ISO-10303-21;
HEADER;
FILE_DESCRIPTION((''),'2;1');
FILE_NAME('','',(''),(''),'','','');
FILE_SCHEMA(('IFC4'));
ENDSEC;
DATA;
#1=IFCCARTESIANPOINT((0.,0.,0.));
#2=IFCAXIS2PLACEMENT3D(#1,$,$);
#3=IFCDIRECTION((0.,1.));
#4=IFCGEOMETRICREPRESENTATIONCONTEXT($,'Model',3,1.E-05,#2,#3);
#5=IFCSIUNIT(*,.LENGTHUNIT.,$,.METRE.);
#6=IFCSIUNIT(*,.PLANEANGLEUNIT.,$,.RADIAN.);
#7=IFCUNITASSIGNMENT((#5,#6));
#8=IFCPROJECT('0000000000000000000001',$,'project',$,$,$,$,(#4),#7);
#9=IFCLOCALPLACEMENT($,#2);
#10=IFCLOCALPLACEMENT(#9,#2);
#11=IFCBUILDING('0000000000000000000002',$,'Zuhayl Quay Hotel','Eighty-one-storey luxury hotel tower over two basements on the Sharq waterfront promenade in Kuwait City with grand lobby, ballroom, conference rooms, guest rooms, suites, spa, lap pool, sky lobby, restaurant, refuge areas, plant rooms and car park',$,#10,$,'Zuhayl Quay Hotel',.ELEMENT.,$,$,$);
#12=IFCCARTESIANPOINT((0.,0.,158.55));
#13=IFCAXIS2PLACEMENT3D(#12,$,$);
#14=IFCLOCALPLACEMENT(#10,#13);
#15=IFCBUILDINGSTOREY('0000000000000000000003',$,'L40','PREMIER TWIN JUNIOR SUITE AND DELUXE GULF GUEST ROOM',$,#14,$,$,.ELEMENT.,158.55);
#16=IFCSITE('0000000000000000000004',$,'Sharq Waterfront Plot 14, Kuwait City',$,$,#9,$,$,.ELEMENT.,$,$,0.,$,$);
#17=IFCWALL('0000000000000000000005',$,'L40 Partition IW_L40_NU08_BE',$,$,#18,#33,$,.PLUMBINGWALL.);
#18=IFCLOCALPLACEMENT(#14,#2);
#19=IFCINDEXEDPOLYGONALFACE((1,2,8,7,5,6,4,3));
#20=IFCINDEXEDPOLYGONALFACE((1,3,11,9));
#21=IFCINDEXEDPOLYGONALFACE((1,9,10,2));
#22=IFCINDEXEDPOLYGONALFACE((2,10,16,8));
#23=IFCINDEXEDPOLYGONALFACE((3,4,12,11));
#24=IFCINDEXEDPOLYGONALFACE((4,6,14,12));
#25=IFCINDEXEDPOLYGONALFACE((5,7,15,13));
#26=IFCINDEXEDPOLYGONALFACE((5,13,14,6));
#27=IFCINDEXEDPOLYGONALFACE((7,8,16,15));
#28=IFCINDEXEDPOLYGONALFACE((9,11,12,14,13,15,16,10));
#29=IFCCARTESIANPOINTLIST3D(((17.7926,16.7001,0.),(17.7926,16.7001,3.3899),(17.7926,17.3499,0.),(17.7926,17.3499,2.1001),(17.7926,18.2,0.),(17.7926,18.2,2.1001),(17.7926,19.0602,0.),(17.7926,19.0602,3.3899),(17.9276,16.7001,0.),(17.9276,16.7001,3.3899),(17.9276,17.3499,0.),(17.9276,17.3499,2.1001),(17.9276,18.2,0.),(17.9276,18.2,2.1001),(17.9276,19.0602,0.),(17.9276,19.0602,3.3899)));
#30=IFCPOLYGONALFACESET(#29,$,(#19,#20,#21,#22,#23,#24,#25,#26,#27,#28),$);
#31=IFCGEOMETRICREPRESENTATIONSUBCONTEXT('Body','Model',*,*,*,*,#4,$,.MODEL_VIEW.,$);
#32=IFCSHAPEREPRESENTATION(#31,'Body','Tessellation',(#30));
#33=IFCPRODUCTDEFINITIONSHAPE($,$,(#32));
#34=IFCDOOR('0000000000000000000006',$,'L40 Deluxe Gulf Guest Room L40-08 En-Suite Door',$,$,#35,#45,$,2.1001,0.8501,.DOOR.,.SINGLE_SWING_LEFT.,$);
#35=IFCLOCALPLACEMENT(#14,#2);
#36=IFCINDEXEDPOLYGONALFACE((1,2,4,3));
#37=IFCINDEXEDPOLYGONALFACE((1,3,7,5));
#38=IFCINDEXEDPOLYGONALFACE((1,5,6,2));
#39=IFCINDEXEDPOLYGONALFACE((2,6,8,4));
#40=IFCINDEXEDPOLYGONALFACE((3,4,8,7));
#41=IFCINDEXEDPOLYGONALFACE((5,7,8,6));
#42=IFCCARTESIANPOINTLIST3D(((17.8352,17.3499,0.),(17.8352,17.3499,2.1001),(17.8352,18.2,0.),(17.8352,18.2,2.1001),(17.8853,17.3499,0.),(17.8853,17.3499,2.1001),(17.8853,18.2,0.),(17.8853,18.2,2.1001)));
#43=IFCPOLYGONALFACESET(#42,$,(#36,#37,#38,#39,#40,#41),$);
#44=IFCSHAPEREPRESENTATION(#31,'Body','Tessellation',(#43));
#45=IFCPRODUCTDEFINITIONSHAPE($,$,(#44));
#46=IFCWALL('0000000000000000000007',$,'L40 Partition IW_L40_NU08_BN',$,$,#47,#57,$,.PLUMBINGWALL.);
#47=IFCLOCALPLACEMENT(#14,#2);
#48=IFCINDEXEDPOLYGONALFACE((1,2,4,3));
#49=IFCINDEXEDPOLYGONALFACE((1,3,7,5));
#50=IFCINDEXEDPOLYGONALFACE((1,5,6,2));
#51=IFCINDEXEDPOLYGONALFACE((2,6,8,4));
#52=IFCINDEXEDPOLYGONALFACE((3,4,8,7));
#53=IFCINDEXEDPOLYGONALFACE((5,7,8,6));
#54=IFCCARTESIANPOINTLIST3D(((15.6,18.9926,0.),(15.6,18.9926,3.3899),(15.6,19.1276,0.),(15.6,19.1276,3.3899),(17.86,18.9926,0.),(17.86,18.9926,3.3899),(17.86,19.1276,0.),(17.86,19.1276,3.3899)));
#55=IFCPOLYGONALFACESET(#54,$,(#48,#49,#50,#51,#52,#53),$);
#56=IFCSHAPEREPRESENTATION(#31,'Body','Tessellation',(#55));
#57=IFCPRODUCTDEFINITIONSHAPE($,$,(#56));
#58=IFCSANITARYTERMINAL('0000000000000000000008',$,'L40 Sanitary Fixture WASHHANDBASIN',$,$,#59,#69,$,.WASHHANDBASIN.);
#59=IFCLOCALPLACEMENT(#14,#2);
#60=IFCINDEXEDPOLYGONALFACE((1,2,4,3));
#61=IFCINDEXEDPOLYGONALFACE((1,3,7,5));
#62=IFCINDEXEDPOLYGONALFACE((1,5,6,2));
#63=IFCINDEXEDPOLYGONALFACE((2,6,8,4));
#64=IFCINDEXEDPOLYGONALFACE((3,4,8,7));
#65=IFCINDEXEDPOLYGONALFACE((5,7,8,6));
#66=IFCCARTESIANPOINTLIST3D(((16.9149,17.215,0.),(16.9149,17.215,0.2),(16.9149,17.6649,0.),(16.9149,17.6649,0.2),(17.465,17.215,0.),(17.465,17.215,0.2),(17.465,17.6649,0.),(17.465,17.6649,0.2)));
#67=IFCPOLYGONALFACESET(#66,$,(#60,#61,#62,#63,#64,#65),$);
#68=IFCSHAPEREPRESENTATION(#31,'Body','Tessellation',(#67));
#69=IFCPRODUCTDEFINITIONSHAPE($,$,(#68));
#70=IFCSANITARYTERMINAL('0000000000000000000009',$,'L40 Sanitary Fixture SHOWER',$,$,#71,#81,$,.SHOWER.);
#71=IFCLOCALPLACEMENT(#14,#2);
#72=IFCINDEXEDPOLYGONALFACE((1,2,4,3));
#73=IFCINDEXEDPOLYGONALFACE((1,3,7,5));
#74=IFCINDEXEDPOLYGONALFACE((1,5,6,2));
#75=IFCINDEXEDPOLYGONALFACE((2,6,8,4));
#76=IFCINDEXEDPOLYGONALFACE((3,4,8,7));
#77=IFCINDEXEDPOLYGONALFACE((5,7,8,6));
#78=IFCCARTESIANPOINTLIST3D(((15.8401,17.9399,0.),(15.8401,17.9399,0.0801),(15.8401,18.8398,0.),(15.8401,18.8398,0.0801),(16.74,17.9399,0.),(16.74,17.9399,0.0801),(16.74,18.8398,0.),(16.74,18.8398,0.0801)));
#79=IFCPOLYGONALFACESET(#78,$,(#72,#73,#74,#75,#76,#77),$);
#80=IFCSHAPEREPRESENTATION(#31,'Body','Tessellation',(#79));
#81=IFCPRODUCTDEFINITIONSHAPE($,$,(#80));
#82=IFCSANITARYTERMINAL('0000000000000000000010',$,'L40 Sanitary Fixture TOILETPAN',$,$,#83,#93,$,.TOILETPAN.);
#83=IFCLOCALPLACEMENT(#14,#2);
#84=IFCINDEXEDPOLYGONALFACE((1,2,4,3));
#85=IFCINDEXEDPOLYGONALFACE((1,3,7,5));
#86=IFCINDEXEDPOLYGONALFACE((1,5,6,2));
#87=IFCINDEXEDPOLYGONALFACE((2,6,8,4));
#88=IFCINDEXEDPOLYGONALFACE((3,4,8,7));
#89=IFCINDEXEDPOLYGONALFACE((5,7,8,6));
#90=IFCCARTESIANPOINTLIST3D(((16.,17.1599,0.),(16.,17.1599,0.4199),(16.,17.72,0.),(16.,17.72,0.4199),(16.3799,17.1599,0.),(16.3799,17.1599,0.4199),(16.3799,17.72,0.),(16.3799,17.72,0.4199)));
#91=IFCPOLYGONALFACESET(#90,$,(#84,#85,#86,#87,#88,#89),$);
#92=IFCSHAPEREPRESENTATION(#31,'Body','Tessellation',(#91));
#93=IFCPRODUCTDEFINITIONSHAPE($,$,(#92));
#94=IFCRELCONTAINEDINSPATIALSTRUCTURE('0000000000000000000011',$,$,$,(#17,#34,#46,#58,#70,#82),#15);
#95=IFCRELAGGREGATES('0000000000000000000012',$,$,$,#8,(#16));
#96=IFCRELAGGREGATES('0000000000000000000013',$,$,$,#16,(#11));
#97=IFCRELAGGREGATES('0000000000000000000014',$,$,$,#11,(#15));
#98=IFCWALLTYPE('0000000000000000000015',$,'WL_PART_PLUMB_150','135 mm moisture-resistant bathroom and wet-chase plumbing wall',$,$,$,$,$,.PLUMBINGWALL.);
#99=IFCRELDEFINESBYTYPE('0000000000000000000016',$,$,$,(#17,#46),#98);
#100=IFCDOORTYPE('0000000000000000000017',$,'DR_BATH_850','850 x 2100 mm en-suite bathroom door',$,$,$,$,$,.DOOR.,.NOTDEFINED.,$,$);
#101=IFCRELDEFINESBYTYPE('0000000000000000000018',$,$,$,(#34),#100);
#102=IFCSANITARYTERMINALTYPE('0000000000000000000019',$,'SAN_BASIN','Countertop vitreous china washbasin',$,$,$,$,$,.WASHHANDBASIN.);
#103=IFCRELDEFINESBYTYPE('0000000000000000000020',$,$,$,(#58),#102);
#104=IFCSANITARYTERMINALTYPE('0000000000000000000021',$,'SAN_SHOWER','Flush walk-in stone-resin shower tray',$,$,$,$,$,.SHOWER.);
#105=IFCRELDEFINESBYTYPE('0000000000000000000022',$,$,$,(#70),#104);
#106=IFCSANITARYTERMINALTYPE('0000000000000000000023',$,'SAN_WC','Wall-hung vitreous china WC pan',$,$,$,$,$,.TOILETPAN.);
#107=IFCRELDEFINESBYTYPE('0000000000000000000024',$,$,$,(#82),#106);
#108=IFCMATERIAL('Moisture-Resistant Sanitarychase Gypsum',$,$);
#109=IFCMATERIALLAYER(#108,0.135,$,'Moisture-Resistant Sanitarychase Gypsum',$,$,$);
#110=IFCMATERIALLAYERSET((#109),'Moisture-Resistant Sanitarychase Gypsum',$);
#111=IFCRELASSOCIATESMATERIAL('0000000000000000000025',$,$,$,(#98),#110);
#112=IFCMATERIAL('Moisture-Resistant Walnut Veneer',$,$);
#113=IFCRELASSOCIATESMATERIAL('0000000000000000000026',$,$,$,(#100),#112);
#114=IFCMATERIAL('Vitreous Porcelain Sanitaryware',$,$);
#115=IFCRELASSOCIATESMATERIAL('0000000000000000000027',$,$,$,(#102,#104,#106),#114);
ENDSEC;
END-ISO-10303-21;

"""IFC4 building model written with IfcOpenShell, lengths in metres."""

from ifc_helpers import new_model, si_unit, direction, frame, frame_2d, origin, origin_2d, place, context, subcontext, project, spatial, rectangle, extrude, material, layer, layer_set, type_object, element, fill, save


model = new_model("IFC4")

# Units and contexts
model_context = context("Model", 3, precision=1e-05, world=origin(), true_north=direction((0.0, 1.0)))
body_context = subcontext(model_context, "Body", "Model", "MODEL_VIEW")
ifc_project = project(units=[si_unit("LENGTHUNIT", "METRE"), si_unit("PLANEANGLEUNIT", "RADIAN")], contexts=[model_context])

# Site, building, storey
site_placement = place(None, origin())
site = spatial("IfcSite", under=ifc_project, at=site_placement, Name="Sharq Waterfront Plot 14, Kuwait City", CompositionType="ELEMENT", RefElevation=0.0)
building_placement = place(site_placement, origin())
building = spatial("IfcBuilding", under=site, at=building_placement, Name="Zuhayl Quay Hotel", Description="Eighty-one-storey luxury hotel tower over two basements on the Sharq waterfront promenade in Kuwait City with grand lobby, ballroom, conference rooms, guest rooms, suites, spa, lap pool, sky lobby, restaurant, refuge areas, plant rooms and car park", LongName="Zuhayl Quay Hotel", CompositionType="ELEMENT")
storey_placement = place(building_placement, frame((0.0, 0.0, 158.55)))
storey = spatial("IfcBuildingStorey", under=building, at=storey_placement, Name="L40", Description="PREMIER TWIN JUNIOR SUITE AND DELUXE GULF GUEST ROOM", CompositionType="ELEMENT", Elevation=158.55)

# Wall, opening, door
ifc_material_1 = material(Name="Moisture-Resistant Sanitarychase Gypsum")
ifc_layer_1 = layer(ifc_material_1, 0.135, Name="Moisture-Resistant Sanitarychase Gypsum")
ifc_layer_set_1 = layer_set([ifc_layer_1], Name="Moisture-Resistant Sanitarychase Gypsum")
wall_type_1 = type_object("IfcWallType", Name="WL_PART_PLUMB_150", Description="135 mm moisture-resistant bathroom and wet-chase plumbing wall", PredefinedType="PLUMBINGWALL", material=ifc_layer_set_1)
wall_1_placement = place(storey_placement, frame((17.8601, 16.7, 0.0), z_axis=(0.0, 0.0, 1.0), x_axis=(0.0, 1.0, 0.0)))
wall_1 = element("IfcWall", 1, at=wall_1_placement, inside=storey, type_object=wall_type_1, Name="L40 Partition IW_L40_NU08_BE", PredefinedType="PLUMBINGWALL", context=body_context, shape_type="SweptSolid", body=[
    extrude(rectangle(XDim=2.3601, YDim=0.135, at=frame_2d((1.1802, 0.0))), origin(), (0.0, 0.0, 1.0), 3.3899),
])
opening_1_placement = place(wall_1_placement, frame((0.6499, 0.0, 0.0)))
opening_1 = element("IfcOpeningElement", 2, at=opening_1_placement, cuts=wall_1, PredefinedType="OPENING", context=body_context, shape_type="SweptSolid", body=[
    extrude(rectangle(XDim=0.8501, YDim=2.1001, at=frame_2d((0.425, 1.05))), frame((0.0, 0.0774, 0.0), z_axis=(0.0, -1.0, 0.0), x_axis=(1.0, 0.0, 0.0)), (0.0, 0.0, 1.0), 0.155),
])
ifc_material_2 = material(Name="Moisture-Resistant Walnut Veneer")
door_type = type_object("IfcDoorType", Name="DR_BATH_850", Description="850 x 2100 mm en-suite bathroom door", OperationType="NOTDEFINED", PredefinedType="DOOR", material=ifc_material_2)
door_placement = place(opening_1_placement, origin())
door = element("IfcDoor", 3, at=door_placement, inside=storey, type_object=door_type, Name="L40 Deluxe Gulf Guest Room L40-08 En-Suite Door", OperationType="SINGLE_SWING_LEFT", OverallHeight=2.1001, OverallWidth=0.8501, PredefinedType="DOOR", context=body_context, shape_type="SweptSolid", body=[
    extrude(rectangle(XDim=0.8501, YDim=2.1001, at=frame_2d((0.425, 1.05))), frame((0.0, 0.0249, 0.0), z_axis=(0.0, -1.0, 0.0), x_axis=(1.0, 0.0, 0.0)), (0.0, 0.0, 1.0), 0.05),
])
fill(opening_1, door)

# Wall
wall_2_placement = place(storey_placement, frame((15.6001, 19.0601, 0.0), z_axis=(0.0, 0.0, 1.0), x_axis=(1.0, 0.0, 0.0)))
element("IfcWall", 4, at=wall_2_placement, inside=storey, type_object=wall_type_1, Name="L40 Partition IW_L40_NU08_BN", PredefinedType="PLUMBINGWALL", context=body_context, shape_type="SweptSolid", body=[
    extrude(rectangle(XDim=2.26, YDim=0.135, at=frame_2d((1.1299, 0.0))), origin(), (0.0, 0.0, 1.0), 3.3899),
])

# Sanitary terminals
ifc_material_3 = material(Name="Vitreous Porcelain Sanitaryware")
sanitary_terminal_type_1 = type_object("IfcSanitaryTerminalType", Name="SAN_BASIN", Description="Countertop vitreous china washbasin", PredefinedType="WASHHANDBASIN", material=ifc_material_3)
sanitary_terminal_1_placement = place(storey_placement, frame((17.1899, 17.4399, 0.0), z_axis=(0.0, 0.0, 1.0), x_axis=(1.0, 0.0, 0.0)))
element("IfcSanitaryTerminal", 5, at=sanitary_terminal_1_placement, inside=storey, type_object=sanitary_terminal_type_1, Name="L40 Sanitary Fixture WASHHANDBASIN", PredefinedType="WASHHANDBASIN", context=body_context, shape_type="SweptSolid", body=[
    extrude(rectangle(XDim=0.55, YDim=0.45, at=origin_2d()), origin(), (0.0, 0.0, 1.0), 0.2),
])
sanitary_terminal_type_2 = type_object("IfcSanitaryTerminalType", Name="SAN_SHOWER", Description="Flush walk-in stone-resin shower tray", PredefinedType="SHOWER", material=ifc_material_3)
sanitary_terminal_2_placement = place(storey_placement, frame((16.29, 18.3899, 0.0), z_axis=(0.0, 0.0, 1.0), x_axis=(1.0, 0.0, 0.0)))
element("IfcSanitaryTerminal", 6, at=sanitary_terminal_2_placement, inside=storey, type_object=sanitary_terminal_type_2, Name="L40 Sanitary Fixture SHOWER", PredefinedType="SHOWER", context=body_context, shape_type="SweptSolid", body=[
    extrude(rectangle(XDim=0.8999, YDim=0.8999, at=origin_2d()), origin(), (0.0, 0.0, 1.0), 0.0801),
])
sanitary_terminal_type_3 = type_object("IfcSanitaryTerminalType", Name="SAN_WC", Description="Wall-hung vitreous china WC pan", PredefinedType="TOILETPAN", material=ifc_material_3)
sanitary_terminal_3_placement = place(storey_placement, frame((16.1899, 17.4399, 0.0), z_axis=(0.0, 0.0, 1.0), x_axis=(1.0, 0.0, 0.0)))
element("IfcSanitaryTerminal", 7, at=sanitary_terminal_3_placement, inside=storey, type_object=sanitary_terminal_type_3, Name="L40 Sanitary Fixture TOILETPAN", PredefinedType="TOILETPAN", context=body_context, shape_type="SweptSolid", body=[
    extrude(rectangle(XDim=0.3799, YDim=0.5601, at=origin_2d()), origin(), (0.0, 0.0, 1.0), 0.4199),
])

save(model, "model.ifc")
